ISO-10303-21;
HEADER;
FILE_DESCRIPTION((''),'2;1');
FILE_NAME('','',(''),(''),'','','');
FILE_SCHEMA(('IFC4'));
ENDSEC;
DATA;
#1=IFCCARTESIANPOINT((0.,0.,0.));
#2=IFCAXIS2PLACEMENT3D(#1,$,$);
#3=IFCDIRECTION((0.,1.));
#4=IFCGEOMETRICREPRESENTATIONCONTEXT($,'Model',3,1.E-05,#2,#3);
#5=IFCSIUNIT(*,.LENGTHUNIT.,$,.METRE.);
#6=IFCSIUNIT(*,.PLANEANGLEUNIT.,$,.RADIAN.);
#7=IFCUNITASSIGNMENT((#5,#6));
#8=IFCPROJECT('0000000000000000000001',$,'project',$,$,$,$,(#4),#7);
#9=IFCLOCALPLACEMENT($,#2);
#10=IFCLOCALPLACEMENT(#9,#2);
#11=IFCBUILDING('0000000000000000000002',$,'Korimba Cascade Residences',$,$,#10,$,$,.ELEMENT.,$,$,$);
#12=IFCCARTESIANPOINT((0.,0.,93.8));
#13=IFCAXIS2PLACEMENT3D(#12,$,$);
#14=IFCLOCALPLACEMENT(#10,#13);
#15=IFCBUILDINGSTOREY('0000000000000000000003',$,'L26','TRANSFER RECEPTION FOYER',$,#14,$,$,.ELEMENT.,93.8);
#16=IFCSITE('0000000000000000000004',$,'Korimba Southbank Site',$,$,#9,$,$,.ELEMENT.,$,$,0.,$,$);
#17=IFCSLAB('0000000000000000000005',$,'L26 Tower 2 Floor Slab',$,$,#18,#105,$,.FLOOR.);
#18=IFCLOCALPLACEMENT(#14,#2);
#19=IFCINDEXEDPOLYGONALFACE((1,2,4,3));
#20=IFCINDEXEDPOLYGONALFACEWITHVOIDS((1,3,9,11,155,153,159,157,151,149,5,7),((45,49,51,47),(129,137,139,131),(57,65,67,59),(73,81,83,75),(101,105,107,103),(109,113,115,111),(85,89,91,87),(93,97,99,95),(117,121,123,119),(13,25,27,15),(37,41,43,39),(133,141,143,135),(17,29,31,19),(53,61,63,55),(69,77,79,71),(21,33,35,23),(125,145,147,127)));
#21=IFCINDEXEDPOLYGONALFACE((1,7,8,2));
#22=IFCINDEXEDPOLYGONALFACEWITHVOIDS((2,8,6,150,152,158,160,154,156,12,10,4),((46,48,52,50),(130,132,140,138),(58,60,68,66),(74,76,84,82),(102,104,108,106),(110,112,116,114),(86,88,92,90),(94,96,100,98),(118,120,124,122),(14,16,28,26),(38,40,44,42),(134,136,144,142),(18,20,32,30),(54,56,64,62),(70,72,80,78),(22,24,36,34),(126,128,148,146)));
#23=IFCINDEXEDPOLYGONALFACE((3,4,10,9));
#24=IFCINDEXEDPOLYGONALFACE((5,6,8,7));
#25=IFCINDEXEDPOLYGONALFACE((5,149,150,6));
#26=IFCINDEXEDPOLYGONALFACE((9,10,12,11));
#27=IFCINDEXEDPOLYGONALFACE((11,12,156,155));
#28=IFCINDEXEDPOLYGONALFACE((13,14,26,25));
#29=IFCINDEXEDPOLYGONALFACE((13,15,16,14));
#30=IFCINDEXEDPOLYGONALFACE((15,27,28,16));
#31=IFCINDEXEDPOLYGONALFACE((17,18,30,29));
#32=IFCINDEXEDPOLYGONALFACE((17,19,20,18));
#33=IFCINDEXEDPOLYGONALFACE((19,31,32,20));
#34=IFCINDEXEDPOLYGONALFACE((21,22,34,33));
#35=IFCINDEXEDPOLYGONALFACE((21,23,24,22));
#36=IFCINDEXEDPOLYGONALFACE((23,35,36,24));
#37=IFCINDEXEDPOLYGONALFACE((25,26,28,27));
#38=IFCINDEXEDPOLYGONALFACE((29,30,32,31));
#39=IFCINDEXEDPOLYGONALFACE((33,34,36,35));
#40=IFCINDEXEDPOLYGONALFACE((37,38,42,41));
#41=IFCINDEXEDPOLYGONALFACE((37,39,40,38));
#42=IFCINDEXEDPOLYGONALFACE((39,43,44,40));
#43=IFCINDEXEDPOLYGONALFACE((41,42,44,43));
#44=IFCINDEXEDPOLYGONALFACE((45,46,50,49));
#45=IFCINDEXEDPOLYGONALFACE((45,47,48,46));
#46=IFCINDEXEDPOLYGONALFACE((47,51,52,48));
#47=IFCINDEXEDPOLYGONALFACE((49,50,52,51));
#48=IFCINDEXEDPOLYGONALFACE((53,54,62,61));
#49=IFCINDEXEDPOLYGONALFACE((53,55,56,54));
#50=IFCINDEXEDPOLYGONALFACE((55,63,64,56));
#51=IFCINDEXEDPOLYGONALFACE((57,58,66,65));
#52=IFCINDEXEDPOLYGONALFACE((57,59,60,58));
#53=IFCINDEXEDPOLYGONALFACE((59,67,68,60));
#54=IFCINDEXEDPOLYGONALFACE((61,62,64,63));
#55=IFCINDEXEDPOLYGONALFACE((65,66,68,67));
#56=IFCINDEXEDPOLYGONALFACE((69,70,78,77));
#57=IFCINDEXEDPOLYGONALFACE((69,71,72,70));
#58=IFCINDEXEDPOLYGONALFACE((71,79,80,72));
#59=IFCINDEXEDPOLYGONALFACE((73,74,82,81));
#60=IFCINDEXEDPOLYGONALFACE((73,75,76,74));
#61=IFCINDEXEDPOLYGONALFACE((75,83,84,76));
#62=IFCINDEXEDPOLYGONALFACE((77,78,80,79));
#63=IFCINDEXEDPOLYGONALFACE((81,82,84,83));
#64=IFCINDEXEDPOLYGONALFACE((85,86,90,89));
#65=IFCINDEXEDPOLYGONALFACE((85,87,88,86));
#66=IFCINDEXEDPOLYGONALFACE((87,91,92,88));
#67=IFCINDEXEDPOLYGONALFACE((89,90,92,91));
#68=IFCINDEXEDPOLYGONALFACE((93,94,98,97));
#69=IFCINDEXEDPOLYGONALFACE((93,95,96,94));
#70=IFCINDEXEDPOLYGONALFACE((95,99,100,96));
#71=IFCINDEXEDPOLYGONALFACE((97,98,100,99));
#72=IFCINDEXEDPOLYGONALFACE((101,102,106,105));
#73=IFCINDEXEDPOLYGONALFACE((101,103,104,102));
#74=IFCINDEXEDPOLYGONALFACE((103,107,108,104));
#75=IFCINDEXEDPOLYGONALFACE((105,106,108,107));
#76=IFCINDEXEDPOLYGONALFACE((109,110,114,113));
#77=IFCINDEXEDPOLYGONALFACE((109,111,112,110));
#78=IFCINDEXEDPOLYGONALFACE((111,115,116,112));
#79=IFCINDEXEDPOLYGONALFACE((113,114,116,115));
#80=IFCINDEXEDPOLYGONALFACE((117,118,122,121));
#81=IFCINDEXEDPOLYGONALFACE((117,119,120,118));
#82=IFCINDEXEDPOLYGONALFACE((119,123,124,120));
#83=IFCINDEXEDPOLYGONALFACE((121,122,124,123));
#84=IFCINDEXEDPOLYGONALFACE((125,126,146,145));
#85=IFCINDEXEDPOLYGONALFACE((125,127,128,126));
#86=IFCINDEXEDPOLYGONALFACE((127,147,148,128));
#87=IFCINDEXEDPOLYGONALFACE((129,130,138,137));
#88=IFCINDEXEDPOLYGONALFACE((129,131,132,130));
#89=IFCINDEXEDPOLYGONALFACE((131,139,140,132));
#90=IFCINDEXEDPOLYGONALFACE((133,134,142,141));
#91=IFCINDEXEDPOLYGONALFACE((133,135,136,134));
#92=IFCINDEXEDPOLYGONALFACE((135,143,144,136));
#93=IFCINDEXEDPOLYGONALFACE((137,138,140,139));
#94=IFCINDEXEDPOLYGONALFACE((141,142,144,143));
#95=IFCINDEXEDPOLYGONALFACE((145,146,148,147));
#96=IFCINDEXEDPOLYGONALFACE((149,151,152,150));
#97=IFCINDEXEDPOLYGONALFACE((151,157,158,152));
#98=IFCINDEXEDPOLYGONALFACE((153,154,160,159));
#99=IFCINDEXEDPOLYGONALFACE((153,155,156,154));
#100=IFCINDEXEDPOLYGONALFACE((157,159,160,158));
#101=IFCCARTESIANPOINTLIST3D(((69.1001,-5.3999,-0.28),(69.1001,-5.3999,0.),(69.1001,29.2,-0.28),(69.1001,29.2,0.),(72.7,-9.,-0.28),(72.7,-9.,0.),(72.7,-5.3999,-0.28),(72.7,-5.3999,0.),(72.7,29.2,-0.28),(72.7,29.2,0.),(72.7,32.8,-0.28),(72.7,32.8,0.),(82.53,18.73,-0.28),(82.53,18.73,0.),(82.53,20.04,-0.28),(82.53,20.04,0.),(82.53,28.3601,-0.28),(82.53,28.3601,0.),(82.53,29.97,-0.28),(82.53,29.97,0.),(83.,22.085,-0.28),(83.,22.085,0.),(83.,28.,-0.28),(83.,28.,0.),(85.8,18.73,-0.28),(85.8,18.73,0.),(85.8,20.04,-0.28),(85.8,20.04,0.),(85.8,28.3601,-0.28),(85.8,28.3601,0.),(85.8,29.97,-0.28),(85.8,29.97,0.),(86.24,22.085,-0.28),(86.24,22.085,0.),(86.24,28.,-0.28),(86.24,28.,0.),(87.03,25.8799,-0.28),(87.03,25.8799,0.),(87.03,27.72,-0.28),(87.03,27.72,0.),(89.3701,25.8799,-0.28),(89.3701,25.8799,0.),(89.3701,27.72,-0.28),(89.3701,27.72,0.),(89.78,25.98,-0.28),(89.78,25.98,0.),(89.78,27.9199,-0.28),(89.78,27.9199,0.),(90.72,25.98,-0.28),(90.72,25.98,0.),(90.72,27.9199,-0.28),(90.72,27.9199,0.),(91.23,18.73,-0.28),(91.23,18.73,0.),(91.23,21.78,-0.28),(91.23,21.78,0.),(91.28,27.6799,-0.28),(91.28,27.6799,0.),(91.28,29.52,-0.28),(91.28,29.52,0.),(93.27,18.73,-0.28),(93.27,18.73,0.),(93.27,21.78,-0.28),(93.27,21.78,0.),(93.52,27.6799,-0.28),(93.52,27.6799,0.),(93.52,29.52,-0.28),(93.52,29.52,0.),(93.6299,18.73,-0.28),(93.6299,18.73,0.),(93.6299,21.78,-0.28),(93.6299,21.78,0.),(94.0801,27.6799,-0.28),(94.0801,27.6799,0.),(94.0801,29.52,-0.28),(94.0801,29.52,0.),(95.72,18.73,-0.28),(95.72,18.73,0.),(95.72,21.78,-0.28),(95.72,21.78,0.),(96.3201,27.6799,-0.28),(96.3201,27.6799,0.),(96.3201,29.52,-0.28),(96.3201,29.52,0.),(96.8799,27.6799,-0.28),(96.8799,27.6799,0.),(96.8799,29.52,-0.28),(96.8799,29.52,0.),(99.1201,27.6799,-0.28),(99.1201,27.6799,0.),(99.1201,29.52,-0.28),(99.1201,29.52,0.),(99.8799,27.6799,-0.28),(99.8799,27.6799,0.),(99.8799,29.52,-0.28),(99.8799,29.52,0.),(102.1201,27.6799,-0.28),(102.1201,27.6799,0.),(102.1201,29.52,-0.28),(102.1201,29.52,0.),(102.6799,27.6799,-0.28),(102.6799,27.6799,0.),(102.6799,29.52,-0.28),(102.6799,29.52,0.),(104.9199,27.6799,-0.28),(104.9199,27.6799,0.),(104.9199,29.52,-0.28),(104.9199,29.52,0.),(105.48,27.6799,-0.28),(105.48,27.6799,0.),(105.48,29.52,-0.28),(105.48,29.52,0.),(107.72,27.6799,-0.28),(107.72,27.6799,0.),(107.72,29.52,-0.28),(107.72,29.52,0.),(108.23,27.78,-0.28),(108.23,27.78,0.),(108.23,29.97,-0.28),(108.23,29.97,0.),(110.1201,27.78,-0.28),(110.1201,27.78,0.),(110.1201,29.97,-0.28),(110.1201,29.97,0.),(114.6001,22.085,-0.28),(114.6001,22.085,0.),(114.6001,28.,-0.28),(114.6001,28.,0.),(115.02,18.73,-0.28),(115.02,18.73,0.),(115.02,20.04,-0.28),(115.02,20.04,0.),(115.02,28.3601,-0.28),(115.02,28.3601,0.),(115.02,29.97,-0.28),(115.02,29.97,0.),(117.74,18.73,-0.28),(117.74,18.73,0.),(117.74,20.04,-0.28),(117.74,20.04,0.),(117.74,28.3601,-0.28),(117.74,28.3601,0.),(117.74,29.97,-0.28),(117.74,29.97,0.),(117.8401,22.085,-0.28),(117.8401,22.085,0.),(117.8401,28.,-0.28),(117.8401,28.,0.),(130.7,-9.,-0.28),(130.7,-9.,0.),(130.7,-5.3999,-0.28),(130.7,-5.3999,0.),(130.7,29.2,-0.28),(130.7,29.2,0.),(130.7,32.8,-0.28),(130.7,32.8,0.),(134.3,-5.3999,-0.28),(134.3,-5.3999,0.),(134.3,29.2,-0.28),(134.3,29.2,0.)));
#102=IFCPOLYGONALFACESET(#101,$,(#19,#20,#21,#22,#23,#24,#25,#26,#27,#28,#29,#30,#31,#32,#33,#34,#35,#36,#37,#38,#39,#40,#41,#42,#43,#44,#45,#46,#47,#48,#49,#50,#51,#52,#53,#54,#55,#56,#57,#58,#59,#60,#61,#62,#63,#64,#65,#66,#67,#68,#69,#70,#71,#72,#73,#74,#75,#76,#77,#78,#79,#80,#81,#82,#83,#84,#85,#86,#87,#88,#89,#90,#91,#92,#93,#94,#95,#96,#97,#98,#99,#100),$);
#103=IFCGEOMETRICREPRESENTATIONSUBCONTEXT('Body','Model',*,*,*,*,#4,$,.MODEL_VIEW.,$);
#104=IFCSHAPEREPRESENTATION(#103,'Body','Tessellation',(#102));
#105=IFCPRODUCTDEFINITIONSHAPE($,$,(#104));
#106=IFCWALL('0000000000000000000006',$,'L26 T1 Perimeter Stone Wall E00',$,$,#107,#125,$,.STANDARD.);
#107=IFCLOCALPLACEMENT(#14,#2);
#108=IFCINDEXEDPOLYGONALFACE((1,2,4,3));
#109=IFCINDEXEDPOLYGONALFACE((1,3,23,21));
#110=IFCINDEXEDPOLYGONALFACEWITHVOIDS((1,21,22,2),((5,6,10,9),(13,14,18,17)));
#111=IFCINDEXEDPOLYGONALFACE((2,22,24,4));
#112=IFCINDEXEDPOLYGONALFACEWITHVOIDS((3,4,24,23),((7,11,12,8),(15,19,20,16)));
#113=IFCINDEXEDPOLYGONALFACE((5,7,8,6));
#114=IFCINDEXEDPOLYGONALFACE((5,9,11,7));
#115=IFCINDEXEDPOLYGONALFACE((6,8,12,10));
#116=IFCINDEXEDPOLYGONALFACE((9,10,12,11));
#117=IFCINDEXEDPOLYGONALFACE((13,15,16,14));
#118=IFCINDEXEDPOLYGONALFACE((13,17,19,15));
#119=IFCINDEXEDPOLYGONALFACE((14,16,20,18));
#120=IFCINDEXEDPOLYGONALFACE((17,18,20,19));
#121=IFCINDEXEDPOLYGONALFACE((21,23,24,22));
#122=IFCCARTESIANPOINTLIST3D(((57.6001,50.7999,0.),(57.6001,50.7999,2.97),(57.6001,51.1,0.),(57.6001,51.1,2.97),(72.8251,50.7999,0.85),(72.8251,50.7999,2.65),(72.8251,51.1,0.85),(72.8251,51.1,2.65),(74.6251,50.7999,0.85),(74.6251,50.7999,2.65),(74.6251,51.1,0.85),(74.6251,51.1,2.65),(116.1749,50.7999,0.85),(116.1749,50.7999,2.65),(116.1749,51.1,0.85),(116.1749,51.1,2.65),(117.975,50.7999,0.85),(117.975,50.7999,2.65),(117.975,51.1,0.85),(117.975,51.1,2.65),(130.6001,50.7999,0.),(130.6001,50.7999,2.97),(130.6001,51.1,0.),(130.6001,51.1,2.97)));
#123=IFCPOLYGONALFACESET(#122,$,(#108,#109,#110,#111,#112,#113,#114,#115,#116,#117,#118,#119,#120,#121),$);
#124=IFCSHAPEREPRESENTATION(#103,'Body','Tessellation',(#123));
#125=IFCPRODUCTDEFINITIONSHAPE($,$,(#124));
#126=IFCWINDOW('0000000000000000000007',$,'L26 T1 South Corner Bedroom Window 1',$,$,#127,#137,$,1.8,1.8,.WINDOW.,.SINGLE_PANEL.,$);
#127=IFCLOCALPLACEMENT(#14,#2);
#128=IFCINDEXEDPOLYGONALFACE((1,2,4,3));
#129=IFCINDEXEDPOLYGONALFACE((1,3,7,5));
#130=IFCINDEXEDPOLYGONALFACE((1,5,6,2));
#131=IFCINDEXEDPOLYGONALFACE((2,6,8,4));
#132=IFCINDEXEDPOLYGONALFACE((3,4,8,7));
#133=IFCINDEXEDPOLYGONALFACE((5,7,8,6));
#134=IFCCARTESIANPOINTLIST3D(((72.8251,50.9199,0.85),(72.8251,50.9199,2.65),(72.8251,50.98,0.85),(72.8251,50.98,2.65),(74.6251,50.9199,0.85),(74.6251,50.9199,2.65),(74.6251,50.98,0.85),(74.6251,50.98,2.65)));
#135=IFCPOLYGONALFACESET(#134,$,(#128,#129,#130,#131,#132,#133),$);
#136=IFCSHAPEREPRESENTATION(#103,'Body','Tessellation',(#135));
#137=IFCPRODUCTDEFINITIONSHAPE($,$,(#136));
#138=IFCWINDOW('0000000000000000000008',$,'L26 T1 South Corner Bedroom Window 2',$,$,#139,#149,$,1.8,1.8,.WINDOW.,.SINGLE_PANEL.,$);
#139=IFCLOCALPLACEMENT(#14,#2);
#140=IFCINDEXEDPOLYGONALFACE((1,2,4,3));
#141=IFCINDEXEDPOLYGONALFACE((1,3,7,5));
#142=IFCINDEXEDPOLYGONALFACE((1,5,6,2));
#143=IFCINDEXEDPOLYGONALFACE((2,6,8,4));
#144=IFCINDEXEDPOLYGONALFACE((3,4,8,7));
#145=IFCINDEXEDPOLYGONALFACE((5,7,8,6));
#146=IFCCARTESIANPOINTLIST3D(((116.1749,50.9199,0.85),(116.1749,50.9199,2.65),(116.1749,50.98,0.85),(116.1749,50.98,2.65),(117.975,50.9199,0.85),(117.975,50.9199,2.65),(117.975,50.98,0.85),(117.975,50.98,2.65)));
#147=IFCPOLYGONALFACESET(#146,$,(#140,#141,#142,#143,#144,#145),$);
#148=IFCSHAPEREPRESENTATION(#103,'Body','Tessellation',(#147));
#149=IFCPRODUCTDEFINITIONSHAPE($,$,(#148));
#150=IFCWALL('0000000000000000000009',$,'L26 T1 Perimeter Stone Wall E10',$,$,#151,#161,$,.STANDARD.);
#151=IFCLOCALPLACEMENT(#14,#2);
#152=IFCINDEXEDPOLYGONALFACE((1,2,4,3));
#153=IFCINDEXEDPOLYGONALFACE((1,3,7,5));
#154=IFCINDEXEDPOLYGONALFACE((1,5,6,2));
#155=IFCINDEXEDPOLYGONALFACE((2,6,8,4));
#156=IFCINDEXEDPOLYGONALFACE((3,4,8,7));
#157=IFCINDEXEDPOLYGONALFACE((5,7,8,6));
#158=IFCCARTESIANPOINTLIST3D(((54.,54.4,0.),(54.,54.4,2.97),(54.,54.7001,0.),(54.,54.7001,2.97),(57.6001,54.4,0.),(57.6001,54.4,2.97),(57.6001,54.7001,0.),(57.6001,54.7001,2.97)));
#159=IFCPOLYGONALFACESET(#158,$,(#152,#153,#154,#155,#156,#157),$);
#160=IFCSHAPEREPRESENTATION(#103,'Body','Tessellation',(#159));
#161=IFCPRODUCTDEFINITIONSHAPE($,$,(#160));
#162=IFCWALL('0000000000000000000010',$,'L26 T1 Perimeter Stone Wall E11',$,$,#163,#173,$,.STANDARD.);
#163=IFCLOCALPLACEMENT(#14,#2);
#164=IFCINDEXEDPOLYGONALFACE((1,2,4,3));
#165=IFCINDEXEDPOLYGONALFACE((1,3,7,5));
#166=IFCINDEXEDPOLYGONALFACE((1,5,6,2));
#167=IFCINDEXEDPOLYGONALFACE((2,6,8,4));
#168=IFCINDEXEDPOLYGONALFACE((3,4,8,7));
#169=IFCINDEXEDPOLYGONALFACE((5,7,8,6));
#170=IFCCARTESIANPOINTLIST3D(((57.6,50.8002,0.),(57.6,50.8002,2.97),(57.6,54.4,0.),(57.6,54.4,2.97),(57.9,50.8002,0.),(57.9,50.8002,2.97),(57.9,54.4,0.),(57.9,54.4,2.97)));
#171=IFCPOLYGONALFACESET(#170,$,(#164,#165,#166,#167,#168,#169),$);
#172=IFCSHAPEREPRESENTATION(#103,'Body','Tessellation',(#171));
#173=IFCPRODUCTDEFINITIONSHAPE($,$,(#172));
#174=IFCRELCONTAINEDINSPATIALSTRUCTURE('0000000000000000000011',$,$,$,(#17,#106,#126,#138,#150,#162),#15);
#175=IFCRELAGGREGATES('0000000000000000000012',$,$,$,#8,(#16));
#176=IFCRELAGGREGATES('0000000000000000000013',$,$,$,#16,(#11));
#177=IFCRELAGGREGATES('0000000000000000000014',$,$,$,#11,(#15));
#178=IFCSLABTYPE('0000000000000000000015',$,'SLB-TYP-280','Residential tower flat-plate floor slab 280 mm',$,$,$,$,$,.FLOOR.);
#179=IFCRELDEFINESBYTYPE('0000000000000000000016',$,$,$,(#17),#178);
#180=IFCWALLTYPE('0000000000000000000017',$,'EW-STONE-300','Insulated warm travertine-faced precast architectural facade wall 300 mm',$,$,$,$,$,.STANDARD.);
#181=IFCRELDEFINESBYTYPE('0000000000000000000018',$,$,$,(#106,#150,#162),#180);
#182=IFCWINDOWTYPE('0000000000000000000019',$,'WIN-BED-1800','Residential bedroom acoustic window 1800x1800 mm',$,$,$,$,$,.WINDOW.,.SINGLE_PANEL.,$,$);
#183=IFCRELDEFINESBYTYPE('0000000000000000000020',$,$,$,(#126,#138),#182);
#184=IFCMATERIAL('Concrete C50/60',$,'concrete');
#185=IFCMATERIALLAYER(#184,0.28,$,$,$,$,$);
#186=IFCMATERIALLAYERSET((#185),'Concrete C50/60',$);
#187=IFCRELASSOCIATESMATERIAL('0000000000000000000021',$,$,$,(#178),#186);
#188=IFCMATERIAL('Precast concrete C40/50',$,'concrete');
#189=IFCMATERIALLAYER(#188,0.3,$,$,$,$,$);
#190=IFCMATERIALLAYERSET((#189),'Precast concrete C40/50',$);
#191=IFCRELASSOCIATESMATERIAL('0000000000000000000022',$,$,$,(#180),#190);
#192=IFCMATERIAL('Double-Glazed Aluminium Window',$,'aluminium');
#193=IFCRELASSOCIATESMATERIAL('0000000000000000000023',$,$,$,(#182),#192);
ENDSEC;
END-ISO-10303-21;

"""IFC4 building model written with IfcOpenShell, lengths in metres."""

from ifc_helpers import new_model, si_unit, direction, frame, frame_2d, origin, place, context, subcontext, project, spatial, polyline, rectangle, outline, extrude, material, layer, layer_set, type_object, element, fill, save


model = new_model("IFC4")

# Units and contexts
model_context = context("Model", 3, precision=1e-05, world=origin(), true_north=direction((0.0, 1.0)))
body_context = subcontext(model_context, "Body", "Model", "MODEL_VIEW")
ifc_project = project(units=[si_unit("LENGTHUNIT", "METRE"), si_unit("PLANEANGLEUNIT", "RADIAN")], contexts=[model_context])

# Site, building, storey
site_placement = place(None, origin())
site = spatial("IfcSite", under=ifc_project, at=site_placement, Name="Korimba Southbank Site", CompositionType="ELEMENT", RefElevation=0.0)
building_placement = place(site_placement, origin())
building = spatial("IfcBuilding", under=site, at=building_placement, Name="Korimba Cascade Residences", CompositionType="ELEMENT")
storey_placement = place(building_placement, frame((0.0, 0.0, 93.8)))
storey = spatial("IfcBuildingStorey", under=building, at=storey_placement, Name="L26", Description="TRANSFER RECEPTION FOYER", CompositionType="ELEMENT", Elevation=93.8)

# Shared definitions
ifc_material_1 = material(Name="Concrete C50/60", Category="concrete")

# Slab
ifc_material_2 = material(Name="Precast concrete C40/50", Category="concrete")
ifc_layer_1 = layer(ifc_material_1, 0.28)
ifc_layer_set_1 = layer_set([ifc_layer_1], Name="Concrete C50/60")
slab_type_1 = type_object("IfcSlabType", Name="SLB-TYP-280", Description="Residential tower flat-plate floor slab 280 mm", PredefinedType="FLOOR", material=ifc_layer_set_1)
slab_1_placement = place(storey_placement, frame((0.0, 0.0, -0.28)))
element("IfcSlab", 1, at=slab_1_placement, inside=storey, type_object=slab_type_1, Name="L26 Tower 2 Floor Slab", PredefinedType="FLOOR", context=body_context, shape_type="SweptSolid", body=[
    extrude(outline(polyline([(72.7, -9.0), (130.7, -9.0), (130.7, -5.3999), (134.3, -5.3999), (134.3, 29.2), (130.7, 29.2), (130.7, 32.8), (72.7, 32.8), (72.7, 29.2), (69.1001, 29.2), (69.1001, -5.3999), (72.7, -5.3999), (72.7, -9.0)]), holes=[polyline([(86.24, 22.085), (86.24, 28.0), (83.0, 28.0), (83.0, 22.085), (86.24, 22.085)]), polyline([(117.8401, 22.085), (117.8401, 28.0), (114.6001, 28.0), (114.6001, 22.085), (117.8401, 22.085)]), polyline([(87.03, 25.8799), (89.3701, 25.8799), (89.3701, 27.72), (87.03, 27.72), (87.03, 25.8799)]), polyline([(91.28, 27.6799), (93.52, 27.6799), (93.52, 29.52), (91.28, 29.52), (91.28, 27.6799)]), polyline([(94.0801, 27.6799), (96.3201, 27.6799), (96.3201, 29.52), (94.0801, 29.52), (94.0801, 27.6799)]), polyline([(96.8799, 27.6799), (99.1201, 27.6799), (99.1201, 29.52), (96.8799, 29.52), (96.8799, 27.6799)]), polyline([(99.8799, 27.6799), (102.1201, 27.6799), (102.1201, 29.52), (99.8799, 29.52), (99.8799, 27.6799)]), polyline([(102.6799, 27.6799), (104.9199, 27.6799), (104.9199, 29.52), (102.6799, 29.52), (102.6799, 27.6799)]), polyline([(105.48, 27.6799), (107.72, 27.6799), (107.72, 29.52), (105.48, 29.52), (105.48, 27.6799)]), polyline([(89.78, 25.98), (90.72, 25.98), (90.72, 27.9199), (89.78, 27.9199), (89.78, 25.98)]), polyline([(82.53, 18.73), (85.8, 18.73), (85.8, 20.04), (82.53, 20.04), (82.53, 18.73)]), polyline([(82.53, 28.3601), (85.8, 28.3601), (85.8, 29.97), (82.53, 29.97), (82.53, 28.3601)]), polyline([(108.23, 27.78), (110.1201, 27.78), (110.1201, 29.97), (108.23, 29.97), (108.23, 27.78)]), polyline([(91.23, 18.73), (93.27, 18.73), (93.27, 21.78), (91.23, 21.78), (91.23, 18.73)]), polyline([(93.6299, 18.73), (95.72, 18.73), (95.72, 21.78), (93.6299, 21.78), (93.6299, 18.73)]), polyline([(115.02, 18.73), (117.74, 18.73), (117.74, 20.04), (115.02, 20.04), (115.02, 18.73)]), polyline([(115.02, 28.3601), (117.74, 28.3601), (117.74, 29.97), (115.02, 29.97), (115.02, 28.3601)])]), origin(), (0.0, 0.0, 1.0), 0.28),
])

# Wall, openings, windows
ifc_layer_2 = layer(ifc_material_2, 0.3)
ifc_layer_set_2 = layer_set([ifc_layer_2], Name="Precast concrete C40/50")
wall_type_1 = type_object("IfcWallType", Name="EW-STONE-300", Description="Insulated warm travertine-faced precast architectural facade wall 300 mm", PredefinedType="STANDARD", material=ifc_layer_set_2)
wall_1_placement = place(storey_placement, frame((57.6001, 50.95, 0.0), z_axis=(0.0, 0.0, 1.0), x_axis=(1.0, 0.0, 0.0)))
wall_1 = element("IfcWall", 2, at=wall_1_placement, inside=storey, type_object=wall_type_1, Name="L26 T1 Perimeter Stone Wall E00", PredefinedType="STANDARD", context=body_context, shape_type="SweptSolid", body=[
    extrude(rectangle(XDim=73.0, YDim=0.3, at=frame_2d((36.5, 0.0))), origin(), (0.0, 0.0, 1.0), 2.97),
])
opening_1_placement = place(wall_1_placement, frame((15.2251, 0.0, 0.8501)))
opening_1 = element("IfcOpeningElement", 3, at=opening_1_placement, cuts=wall_1, PredefinedType="OPENING", context=body_context, shape_type="SweptSolid", body=[
    extrude(rectangle(XDim=1.8, YDim=1.8, at=frame_2d((0.8999, 0.8999))), frame((0.0, 0.1602, 0.0), z_axis=(0.0, -1.0, 0.0), x_axis=(1.0, 0.0, 0.0)), (0.0, 0.0, 1.0), 0.3201),
])
opening_2_placement = place(wall_1_placement, frame((58.575, 0.0, 0.8501)))
opening_2 = element("IfcOpeningElement", 4, at=opening_2_placement, cuts=wall_1, PredefinedType="OPENING", context=body_context, shape_type="SweptSolid", body=[
    extrude(rectangle(XDim=1.8, YDim=1.8, at=frame_2d((0.8999, 0.8999))), frame((0.0, 0.1602, 0.0), z_axis=(0.0, -1.0, 0.0), x_axis=(1.0, 0.0, 0.0)), (0.0, 0.0, 1.0), 0.3201),
])
ifc_material_3 = material(Name="Double-Glazed Aluminium Window", Category="aluminium")
window_type = type_object("IfcWindowType", Name="WIN-BED-1800", Description="Residential bedroom acoustic window 1800x1800 mm", PartitioningType="SINGLE_PANEL", PredefinedType="WINDOW", material=ifc_material_3)
window_1_placement = place(opening_1_placement, origin())
window_1 = element("IfcWindow", 5, at=window_1_placement, inside=storey, type_object=window_type, Name="L26 T1 South Corner Bedroom Window 1", OverallHeight=1.8, OverallWidth=1.8, PartitioningType="SINGLE_PANEL", PredefinedType="WINDOW", context=body_context, shape_type="SweptSolid", body=[
    extrude(rectangle(XDim=1.8, YDim=1.8, at=frame_2d((0.8999, 0.8999))), frame((0.0, 0.03, 0.0), z_axis=(0.0, -1.0, 0.0), x_axis=(1.0, 0.0, 0.0)), (0.0, 0.0, 1.0), 0.0601),
])
fill(opening_1, window_1)
window_2_placement = place(opening_2_placement, origin())
window_2 = element("IfcWindow", 6, at=window_2_placement, inside=storey, type_object=window_type, Name="L26 T1 South Corner Bedroom Window 2", OverallHeight=1.8, OverallWidth=1.8, PartitioningType="SINGLE_PANEL", PredefinedType="WINDOW", context=body_context, shape_type="SweptSolid", body=[
    extrude(rectangle(XDim=1.8, YDim=1.8, at=frame_2d((0.8999, 0.8999))), frame((0.0, 0.03, 0.0), z_axis=(0.0, -1.0, 0.0), x_axis=(1.0, 0.0, 0.0)), (0.0, 0.0, 1.0), 0.0601),
])
fill(opening_2, window_2)

# Walls
wall_2_placement = place(storey_placement, frame((54.0, 54.55, 0.0), z_axis=(0.0, 0.0, 1.0), x_axis=(1.0, 0.0, 0.0)))
element("IfcWall", 7, at=wall_2_placement, inside=storey, type_object=wall_type_1, Name="L26 T1 Perimeter Stone Wall E10", PredefinedType="STANDARD", context=body_context, shape_type="SweptSolid", body=[
    extrude(rectangle(XDim=3.6001, YDim=0.3, at=frame_2d((1.8, 0.0))), origin(), (0.0, 0.0, 1.0), 2.97),
])
wall_3_placement = place(storey_placement, frame((57.75, 54.3999, 0.0), z_axis=(0.0, 0.0, 1.0), x_axis=(0.0, -1.0, 0.0)))
element("IfcWall", 8, at=wall_3_placement, inside=storey, type_object=wall_type_1, Name="L26 T1 Perimeter Stone Wall E11", PredefinedType="STANDARD", context=body_context, shape_type="SweptSolid", body=[
    extrude(rectangle(XDim=3.5999, YDim=0.3, at=frame_2d((1.7998, 0.0))), origin(), (0.0, 0.0, 1.0), 2.97),
])

save(model, "model.ifc")
